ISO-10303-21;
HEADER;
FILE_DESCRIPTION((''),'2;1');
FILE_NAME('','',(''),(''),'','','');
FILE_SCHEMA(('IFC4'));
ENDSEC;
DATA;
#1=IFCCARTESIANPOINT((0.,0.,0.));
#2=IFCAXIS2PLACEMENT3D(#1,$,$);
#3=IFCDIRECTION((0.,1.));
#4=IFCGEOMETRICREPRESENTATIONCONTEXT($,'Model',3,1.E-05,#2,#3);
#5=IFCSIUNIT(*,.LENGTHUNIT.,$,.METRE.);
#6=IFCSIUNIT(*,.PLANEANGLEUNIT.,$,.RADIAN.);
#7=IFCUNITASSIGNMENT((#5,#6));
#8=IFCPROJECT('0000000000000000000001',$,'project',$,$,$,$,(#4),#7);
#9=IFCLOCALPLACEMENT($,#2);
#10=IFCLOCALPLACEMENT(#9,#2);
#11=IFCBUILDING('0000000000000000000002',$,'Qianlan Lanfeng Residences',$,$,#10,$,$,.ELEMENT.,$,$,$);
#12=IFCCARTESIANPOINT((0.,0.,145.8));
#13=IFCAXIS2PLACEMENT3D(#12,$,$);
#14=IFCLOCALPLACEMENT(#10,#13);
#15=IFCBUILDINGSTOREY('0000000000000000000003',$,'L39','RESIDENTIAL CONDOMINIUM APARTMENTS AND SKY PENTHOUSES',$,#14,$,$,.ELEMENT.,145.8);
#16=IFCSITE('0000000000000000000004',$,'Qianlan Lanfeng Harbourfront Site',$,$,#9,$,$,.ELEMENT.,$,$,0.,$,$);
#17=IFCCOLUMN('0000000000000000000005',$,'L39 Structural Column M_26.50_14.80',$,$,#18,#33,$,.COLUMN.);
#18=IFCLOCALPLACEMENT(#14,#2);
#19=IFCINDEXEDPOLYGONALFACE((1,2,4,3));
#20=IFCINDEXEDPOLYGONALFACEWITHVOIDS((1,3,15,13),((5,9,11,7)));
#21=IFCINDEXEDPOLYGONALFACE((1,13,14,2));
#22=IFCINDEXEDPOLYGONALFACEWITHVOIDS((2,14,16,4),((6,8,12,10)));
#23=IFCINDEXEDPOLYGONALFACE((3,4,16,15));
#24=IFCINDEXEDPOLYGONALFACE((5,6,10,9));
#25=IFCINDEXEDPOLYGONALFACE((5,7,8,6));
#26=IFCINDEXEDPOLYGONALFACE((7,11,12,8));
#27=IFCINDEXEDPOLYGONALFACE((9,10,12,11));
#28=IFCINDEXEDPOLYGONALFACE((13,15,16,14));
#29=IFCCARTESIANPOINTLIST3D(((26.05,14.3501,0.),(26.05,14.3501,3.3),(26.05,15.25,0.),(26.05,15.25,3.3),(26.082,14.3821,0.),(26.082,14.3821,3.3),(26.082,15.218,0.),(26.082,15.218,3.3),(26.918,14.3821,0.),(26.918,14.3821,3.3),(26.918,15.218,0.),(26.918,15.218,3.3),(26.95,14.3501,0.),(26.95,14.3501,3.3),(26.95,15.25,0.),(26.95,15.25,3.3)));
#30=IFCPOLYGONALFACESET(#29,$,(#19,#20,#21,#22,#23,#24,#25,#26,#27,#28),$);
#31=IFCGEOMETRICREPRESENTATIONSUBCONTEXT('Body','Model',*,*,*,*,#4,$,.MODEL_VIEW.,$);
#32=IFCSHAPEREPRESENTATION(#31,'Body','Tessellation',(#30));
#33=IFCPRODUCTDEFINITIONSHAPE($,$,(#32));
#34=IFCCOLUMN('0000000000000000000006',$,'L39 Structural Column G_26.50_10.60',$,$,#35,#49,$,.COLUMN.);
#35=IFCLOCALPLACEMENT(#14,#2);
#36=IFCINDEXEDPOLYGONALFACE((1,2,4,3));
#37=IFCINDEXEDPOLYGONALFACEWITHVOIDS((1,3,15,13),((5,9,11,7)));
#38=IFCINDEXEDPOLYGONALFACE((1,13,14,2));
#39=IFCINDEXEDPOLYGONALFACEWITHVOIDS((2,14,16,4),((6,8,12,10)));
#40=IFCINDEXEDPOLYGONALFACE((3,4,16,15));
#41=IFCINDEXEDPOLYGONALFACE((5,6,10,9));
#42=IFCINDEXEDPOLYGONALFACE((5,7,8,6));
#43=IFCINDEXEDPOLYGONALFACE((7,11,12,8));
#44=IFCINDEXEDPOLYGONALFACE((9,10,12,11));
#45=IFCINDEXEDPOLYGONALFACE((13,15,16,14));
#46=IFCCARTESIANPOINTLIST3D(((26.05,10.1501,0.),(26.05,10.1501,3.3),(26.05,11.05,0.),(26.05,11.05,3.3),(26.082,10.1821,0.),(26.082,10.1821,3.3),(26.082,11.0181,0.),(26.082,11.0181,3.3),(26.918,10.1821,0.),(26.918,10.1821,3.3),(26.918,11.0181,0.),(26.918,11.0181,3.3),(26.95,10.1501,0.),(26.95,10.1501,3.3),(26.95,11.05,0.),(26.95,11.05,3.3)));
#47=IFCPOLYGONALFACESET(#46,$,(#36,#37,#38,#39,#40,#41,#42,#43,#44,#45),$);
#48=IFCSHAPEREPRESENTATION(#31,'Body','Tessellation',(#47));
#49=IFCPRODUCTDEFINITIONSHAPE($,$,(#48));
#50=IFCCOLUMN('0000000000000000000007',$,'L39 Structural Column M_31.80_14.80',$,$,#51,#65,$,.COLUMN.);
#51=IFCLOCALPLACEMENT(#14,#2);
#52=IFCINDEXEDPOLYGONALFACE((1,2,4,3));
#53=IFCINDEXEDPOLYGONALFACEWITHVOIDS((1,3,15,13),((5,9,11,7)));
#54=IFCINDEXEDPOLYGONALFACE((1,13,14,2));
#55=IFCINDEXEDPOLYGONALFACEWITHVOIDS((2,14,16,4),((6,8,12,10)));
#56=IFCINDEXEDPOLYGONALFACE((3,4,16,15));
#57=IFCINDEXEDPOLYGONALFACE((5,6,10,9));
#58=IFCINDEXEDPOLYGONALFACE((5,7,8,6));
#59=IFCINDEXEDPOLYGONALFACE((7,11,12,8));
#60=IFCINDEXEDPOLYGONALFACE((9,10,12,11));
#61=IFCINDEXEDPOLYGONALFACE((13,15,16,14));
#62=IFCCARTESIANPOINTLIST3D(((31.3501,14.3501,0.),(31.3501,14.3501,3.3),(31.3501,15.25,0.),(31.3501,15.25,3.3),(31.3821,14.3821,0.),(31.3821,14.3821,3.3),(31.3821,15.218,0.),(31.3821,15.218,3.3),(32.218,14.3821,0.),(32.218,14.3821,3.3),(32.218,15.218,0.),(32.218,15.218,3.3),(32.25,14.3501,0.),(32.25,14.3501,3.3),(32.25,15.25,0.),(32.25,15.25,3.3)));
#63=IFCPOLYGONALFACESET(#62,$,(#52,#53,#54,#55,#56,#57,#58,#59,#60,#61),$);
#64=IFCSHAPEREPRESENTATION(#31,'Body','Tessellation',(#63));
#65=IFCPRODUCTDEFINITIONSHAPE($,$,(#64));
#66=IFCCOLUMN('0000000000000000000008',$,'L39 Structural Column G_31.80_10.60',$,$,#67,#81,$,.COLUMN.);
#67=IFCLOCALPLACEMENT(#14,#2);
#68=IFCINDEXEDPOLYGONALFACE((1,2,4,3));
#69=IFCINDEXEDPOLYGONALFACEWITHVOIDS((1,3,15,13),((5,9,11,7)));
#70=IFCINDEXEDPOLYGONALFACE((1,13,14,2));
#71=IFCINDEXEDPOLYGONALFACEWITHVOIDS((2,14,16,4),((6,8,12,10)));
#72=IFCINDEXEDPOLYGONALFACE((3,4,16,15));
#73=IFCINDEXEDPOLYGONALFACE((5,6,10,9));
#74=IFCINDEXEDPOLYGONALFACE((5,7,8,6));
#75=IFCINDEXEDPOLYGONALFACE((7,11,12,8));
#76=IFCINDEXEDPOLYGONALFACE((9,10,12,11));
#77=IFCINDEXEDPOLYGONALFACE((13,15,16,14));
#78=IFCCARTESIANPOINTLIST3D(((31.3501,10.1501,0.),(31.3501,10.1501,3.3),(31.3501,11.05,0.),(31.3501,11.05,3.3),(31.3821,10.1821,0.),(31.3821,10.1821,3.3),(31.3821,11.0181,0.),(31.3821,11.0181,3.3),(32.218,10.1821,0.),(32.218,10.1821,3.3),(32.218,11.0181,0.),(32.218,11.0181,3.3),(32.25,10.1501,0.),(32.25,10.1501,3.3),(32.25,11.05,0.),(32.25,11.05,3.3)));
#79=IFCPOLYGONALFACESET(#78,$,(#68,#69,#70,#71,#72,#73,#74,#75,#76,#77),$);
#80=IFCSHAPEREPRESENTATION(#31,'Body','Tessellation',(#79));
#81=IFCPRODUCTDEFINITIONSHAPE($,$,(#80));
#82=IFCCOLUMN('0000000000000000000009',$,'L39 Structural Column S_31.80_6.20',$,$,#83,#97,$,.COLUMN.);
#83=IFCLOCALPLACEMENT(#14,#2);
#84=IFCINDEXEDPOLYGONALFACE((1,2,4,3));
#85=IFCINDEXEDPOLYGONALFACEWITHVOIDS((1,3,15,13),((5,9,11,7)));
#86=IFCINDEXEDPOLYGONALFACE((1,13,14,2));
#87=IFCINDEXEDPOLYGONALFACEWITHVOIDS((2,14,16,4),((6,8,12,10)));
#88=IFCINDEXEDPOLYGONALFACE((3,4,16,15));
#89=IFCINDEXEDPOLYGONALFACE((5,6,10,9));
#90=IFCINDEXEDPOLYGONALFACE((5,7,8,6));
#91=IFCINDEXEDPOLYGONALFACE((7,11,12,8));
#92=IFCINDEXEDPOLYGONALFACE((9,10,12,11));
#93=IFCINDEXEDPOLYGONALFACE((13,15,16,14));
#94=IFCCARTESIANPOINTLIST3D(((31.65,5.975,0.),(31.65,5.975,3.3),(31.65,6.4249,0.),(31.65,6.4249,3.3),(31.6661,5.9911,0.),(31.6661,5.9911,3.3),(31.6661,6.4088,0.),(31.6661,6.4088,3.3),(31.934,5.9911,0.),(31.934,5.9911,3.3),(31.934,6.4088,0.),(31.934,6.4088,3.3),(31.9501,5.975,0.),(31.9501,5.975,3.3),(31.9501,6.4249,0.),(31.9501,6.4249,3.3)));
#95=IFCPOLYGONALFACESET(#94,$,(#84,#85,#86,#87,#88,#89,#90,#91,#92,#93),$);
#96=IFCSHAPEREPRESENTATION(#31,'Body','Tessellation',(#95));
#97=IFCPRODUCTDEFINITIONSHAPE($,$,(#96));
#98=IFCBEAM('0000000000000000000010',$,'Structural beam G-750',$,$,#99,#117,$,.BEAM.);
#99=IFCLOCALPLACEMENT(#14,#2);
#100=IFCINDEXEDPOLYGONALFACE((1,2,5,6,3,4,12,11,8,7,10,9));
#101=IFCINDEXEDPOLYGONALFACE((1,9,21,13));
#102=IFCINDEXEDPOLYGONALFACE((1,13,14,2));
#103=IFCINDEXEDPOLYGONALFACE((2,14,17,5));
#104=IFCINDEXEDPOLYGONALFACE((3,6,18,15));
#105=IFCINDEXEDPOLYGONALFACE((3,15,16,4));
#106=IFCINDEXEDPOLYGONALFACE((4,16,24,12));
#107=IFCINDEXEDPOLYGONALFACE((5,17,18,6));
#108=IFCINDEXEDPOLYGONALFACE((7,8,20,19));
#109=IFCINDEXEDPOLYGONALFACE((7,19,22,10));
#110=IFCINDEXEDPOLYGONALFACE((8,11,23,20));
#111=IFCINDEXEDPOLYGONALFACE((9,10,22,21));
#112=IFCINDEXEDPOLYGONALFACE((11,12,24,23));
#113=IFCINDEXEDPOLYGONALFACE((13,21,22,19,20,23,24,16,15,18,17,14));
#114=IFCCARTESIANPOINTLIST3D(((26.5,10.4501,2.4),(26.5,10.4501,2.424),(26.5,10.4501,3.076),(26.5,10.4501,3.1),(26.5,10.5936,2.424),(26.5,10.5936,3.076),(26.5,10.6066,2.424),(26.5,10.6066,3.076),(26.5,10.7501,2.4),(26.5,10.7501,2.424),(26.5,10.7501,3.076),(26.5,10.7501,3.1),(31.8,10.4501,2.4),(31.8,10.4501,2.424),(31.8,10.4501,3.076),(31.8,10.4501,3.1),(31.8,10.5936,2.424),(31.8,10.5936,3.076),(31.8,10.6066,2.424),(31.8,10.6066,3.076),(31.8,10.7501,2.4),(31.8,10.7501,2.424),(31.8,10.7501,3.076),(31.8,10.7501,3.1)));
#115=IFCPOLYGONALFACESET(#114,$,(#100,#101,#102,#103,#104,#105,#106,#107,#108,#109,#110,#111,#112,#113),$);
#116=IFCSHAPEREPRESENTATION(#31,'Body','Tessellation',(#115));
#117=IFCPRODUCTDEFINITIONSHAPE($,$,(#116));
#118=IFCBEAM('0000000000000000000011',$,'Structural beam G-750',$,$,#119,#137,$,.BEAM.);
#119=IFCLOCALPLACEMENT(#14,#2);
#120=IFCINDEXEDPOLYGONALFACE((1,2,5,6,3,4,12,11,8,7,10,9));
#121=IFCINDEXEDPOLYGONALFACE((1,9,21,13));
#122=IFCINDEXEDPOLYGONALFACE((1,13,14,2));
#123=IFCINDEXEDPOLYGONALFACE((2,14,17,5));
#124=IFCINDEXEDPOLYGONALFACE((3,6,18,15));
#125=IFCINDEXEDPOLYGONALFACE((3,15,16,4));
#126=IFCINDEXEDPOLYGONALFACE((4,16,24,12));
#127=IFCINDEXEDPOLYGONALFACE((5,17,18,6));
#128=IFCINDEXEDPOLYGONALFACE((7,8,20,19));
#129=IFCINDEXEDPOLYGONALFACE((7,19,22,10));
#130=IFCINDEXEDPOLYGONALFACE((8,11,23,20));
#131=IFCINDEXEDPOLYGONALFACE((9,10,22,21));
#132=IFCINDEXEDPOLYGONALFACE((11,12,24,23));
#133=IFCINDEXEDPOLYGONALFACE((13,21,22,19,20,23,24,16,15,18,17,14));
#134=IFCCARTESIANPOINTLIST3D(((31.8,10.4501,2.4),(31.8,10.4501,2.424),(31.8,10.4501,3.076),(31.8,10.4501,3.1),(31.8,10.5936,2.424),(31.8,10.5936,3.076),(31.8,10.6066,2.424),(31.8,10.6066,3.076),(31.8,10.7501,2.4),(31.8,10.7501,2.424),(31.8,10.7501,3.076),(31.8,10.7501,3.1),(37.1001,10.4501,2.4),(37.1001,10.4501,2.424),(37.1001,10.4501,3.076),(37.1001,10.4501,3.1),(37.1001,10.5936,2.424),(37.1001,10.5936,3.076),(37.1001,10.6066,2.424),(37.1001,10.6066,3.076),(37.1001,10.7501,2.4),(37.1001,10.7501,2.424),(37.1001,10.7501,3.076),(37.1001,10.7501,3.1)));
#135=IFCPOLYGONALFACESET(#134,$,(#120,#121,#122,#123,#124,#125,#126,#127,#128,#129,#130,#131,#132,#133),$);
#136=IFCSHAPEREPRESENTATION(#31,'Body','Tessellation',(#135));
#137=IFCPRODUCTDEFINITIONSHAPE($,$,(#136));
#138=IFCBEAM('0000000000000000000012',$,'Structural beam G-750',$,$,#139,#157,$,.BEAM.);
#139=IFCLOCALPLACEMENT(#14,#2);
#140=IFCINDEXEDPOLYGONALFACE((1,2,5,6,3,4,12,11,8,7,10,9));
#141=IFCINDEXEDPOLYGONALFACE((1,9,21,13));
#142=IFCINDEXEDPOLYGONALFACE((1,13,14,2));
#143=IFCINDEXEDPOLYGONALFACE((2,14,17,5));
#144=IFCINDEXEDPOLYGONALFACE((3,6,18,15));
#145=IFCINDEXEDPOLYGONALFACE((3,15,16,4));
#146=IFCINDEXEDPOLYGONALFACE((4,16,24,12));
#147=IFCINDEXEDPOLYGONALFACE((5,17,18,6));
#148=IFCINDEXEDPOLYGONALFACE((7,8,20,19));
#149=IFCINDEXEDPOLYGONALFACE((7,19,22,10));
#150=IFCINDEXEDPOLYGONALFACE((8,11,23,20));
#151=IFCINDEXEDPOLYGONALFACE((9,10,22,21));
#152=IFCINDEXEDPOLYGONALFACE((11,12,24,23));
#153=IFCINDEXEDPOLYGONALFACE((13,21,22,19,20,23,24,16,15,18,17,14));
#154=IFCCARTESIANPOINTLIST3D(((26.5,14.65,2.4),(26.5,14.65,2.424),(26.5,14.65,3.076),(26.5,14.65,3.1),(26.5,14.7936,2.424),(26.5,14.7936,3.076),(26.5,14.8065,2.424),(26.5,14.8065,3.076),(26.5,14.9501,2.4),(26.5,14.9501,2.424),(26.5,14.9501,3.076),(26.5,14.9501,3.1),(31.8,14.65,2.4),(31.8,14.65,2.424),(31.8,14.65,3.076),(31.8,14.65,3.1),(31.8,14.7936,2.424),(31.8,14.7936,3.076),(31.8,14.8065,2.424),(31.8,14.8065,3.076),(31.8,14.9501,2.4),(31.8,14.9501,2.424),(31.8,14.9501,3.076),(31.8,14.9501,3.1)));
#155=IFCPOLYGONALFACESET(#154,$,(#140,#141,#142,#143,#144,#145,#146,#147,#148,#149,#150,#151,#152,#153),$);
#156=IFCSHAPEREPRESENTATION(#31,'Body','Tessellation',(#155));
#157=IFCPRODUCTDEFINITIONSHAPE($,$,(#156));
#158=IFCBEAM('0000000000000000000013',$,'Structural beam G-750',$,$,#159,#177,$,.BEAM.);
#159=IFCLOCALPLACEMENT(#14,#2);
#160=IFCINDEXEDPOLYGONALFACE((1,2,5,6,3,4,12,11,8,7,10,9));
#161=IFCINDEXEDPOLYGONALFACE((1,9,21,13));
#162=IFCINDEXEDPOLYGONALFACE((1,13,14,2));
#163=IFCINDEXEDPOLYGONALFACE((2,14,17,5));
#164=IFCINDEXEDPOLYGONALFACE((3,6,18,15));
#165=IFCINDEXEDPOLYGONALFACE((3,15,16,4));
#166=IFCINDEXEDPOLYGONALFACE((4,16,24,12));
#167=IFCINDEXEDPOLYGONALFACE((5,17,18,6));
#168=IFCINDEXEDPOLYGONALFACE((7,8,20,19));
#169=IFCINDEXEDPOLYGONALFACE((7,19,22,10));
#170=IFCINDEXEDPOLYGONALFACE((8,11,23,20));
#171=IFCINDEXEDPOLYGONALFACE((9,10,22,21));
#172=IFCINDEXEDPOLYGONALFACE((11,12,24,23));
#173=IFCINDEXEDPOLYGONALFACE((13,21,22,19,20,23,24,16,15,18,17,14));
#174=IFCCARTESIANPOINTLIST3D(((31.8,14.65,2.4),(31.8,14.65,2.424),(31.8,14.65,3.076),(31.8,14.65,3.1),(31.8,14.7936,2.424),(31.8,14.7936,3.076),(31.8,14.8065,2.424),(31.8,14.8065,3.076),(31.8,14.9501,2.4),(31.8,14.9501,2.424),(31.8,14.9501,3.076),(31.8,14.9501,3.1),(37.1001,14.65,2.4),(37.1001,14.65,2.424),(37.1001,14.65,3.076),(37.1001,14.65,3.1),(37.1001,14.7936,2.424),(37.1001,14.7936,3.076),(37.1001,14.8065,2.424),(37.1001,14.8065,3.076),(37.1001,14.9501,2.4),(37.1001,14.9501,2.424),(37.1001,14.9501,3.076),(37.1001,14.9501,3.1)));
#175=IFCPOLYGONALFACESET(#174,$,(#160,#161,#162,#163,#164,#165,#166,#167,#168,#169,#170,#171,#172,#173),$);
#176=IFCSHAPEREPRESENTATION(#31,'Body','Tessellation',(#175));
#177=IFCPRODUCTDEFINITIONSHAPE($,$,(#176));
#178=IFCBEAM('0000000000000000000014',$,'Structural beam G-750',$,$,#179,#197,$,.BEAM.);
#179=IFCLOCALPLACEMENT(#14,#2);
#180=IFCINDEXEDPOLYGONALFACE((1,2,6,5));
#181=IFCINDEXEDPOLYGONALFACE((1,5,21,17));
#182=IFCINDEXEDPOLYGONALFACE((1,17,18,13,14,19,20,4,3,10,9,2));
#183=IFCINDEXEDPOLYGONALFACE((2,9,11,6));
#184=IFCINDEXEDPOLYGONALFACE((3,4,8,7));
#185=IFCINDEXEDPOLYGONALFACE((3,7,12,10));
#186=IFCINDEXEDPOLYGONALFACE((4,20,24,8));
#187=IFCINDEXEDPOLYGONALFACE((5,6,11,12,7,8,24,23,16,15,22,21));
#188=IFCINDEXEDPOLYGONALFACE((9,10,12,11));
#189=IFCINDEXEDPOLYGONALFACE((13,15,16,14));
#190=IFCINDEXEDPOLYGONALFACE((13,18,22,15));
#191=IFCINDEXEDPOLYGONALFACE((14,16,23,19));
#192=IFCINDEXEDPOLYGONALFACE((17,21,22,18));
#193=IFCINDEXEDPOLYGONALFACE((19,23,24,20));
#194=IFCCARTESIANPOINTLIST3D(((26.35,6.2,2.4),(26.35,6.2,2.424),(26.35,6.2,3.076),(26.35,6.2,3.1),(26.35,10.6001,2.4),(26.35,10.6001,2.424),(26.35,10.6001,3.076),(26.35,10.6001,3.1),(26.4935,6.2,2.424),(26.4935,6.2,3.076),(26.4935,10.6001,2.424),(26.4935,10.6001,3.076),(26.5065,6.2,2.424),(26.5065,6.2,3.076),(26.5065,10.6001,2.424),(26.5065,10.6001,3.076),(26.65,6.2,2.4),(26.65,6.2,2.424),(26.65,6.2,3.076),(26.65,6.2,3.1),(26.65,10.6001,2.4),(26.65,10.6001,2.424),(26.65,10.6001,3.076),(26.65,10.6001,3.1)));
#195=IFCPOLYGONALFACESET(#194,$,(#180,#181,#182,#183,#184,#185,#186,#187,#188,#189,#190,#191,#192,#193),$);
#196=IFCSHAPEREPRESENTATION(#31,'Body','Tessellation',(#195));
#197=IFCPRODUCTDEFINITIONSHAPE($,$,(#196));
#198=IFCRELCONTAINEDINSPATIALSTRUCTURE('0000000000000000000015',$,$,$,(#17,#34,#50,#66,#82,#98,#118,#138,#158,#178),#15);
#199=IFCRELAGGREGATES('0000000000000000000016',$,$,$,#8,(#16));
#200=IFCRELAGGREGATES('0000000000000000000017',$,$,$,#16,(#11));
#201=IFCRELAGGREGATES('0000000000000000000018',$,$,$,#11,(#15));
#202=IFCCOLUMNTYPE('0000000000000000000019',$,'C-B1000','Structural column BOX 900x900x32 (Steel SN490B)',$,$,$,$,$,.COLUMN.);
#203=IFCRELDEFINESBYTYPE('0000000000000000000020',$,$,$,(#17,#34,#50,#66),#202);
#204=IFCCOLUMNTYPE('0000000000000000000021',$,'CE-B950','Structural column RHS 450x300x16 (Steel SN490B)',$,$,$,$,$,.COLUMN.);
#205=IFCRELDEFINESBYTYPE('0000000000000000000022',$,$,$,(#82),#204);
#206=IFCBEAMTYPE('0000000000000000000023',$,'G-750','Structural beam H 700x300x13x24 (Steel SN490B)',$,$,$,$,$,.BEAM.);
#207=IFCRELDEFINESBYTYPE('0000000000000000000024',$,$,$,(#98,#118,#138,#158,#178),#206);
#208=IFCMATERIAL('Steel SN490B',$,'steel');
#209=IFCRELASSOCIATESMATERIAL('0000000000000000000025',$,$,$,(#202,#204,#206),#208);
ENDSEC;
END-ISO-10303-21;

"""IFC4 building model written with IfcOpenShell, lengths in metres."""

from ifc_helpers import new_model, si_unit, direction, frame, origin, origin_2d, place, context, subcontext, project, spatial, hollow_rectangle, i_section, extrude, material, material_profile, profile_set, type_object, element, save


model = new_model("IFC4")

# Units and contexts
model_context = context("Model", 3, precision=1e-05, world=origin(), true_north=direction((0.0, 1.0)))
body_context = subcontext(model_context, "Body", "Model", "MODEL_VIEW")
ifc_project = project(units=[si_unit("LENGTHUNIT", "METRE"), si_unit("PLANEANGLEUNIT", "RADIAN")], contexts=[model_context])

# Site, building, storey
site_placement = place(None, origin())
site = spatial("IfcSite", under=ifc_project, at=site_placement, Name="Qianlan Lanfeng Harbourfront Site", CompositionType="ELEMENT", RefElevation=0.0)
building_placement = place(site_placement, origin())
building = spatial("IfcBuilding", under=site, at=building_placement, Name="Qianlan Lanfeng Residences", CompositionType="ELEMENT")
storey_placement = place(building_placement, frame((0.0, 0.0, 145.8)))
storey = spatial("IfcBuildingStorey", under=building, at=storey_placement, Name="L39", Description="RESIDENTIAL CONDOMINIUM APARTMENTS AND SKY PENTHOUSES", CompositionType="ELEMENT", Elevation=145.8)

# Columns
ifc_material_1 = material(Name="Steel SN490B", Category="steel")
ifc_material_profile_1 = material_profile(ifc_material_1, hollow_rectangle(XDim=0.8999, YDim=0.8999, WallThickness=0.032, at=origin_2d()), Name="BOX 900x900x32")
ifc_profile_set_1 = profile_set([ifc_material_profile_1], Name="Steel SN490B")
column_type_1 = type_object("IfcColumnType", Name="C-B1000", Description="Structural column BOX 900x900x32 (Steel SN490B)", PredefinedType="COLUMN", material=ifc_profile_set_1)
for number, where, z_axis, x_axis, name in (
    (1, (26.5, 14.8, 0.0), (0.0, 0.0, 1.0), (1.0, 0.0, 0.0), "L39 Structural Column M_26.50_14.80"),
    (2, (26.5, 10.6001, 0.0), (0.0, 0.0, 1.0), (1.0, 0.0, 0.0), "L39 Structural Column G_26.50_10.60"),
    (3, (31.8, 14.8, 0.0), (0.0, 0.0, 1.0), (1.0, 0.0, 0.0), "L39 Structural Column M_31.80_14.80"),
    (4, (31.8, 10.6001, 0.0), (0.0, 0.0, 1.0), (1.0, 0.0, 0.0), "L39 Structural Column G_31.80_10.60"),
):
    element("IfcColumn", number, at=place(storey_placement, frame(where, z_axis=z_axis, x_axis=x_axis)), inside=storey, type_object=column_type_1, Name=name, PredefinedType="COLUMN", context=body_context, shape_type="SweptSolid", body=[
        extrude(hollow_rectangle(XDim=0.8999, YDim=0.8999, WallThickness=0.032, at=origin_2d()), origin(), (0.0, 0.0, 1.0), 3.3),
    ])
ifc_material_profile_2 = material_profile(ifc_material_1, hollow_rectangle(XDim=0.3, YDim=0.45, WallThickness=0.0161, at=origin_2d()), Name="RHS 450x300x16")
ifc_profile_set_2 = profile_set([ifc_material_profile_2], Name="Steel SN490B")
column_type_2 = type_object("IfcColumnType", Name="CE-B950", Description="Structural column RHS 450x300x16 (Steel SN490B)", PredefinedType="COLUMN", material=ifc_profile_set_2)
column_placement = place(storey_placement, frame((31.8, 6.2, 0.0), z_axis=(0.0, 0.0, 1.0), x_axis=(1.0, 0.0, 0.0)))
element("IfcColumn", 5, at=column_placement, inside=storey, type_object=column_type_2, Name="L39 Structural Column S_31.80_6.20", PredefinedType="COLUMN", context=body_context, shape_type="SweptSolid", body=[
    extrude(hollow_rectangle(XDim=0.3, YDim=0.45, WallThickness=0.0161, at=origin_2d()), origin(), (0.0, 0.0, 1.0), 3.3),
])

# Beams
ifc_material_profile_3 = material_profile(ifc_material_1, i_section(OverallWidth=0.3, OverallDepth=0.7, WebThickness=0.0129, FlangeThickness=0.0239, at=origin_2d()), Name="H 700x300x13x24")
ifc_profile_set_3 = profile_set([ifc_material_profile_3], Name="Steel SN490B")
beam_type_1 = type_object("IfcBeamType", Name="G-750", Description="Structural beam H 700x300x13x24 (Steel SN490B)", PredefinedType="BEAM", material=ifc_profile_set_3)
for number, where, z_axis, x_axis, name in (
    (6, (26.5, 10.6001, 2.75), (1.0, 0.0, 0.0), (0.0, 1.0, 0.0), "Structural beam G-750"),
    (7, (31.8, 10.6001, 2.75), (1.0, 0.0, 0.0), (0.0, 1.0, 0.0), "Structural beam G-750"),
    (8, (26.5, 14.8, 2.75), (1.0, 0.0, 0.0), (0.0, 1.0, 0.0), "Structural beam G-750"),
    (9, (31.8, 14.8, 2.75), (1.0, 0.0, 0.0), (0.0, 1.0, 0.0), "Structural beam G-750"),
):
    element("IfcBeam", number, at=place(storey_placement, frame(where, z_axis=z_axis, x_axis=x_axis)), inside=storey, type_object=beam_type_1, Name=name, PredefinedType="BEAM", context=body_context, shape_type="SweptSolid", body=[
        extrude(i_section(OverallWidth=0.3, OverallDepth=0.7, WebThickness=0.0129, FlangeThickness=0.0239, at=origin_2d()), origin(), (0.0, 0.0, 1.0), 5.3),
    ])
beam_1_placement = place(storey_placement, frame((26.5, 6.2, 2.75), z_axis=(0.0, 1.0, 0.0), x_axis=(-1.0, 0.0, 0.0)))
element("IfcBeam", 10, at=beam_1_placement, inside=storey, type_object=beam_type_1, Name="Structural beam G-750", PredefinedType="BEAM", context=body_context, shape_type="SweptSolid", body=[
    extrude(i_section(OverallWidth=0.3, OverallDepth=0.7, WebThickness=0.0129, FlangeThickness=0.0239, at=origin_2d()), origin(), (0.0, 0.0, 1.0), 4.4001),
])

save(model, "model.ifc")
